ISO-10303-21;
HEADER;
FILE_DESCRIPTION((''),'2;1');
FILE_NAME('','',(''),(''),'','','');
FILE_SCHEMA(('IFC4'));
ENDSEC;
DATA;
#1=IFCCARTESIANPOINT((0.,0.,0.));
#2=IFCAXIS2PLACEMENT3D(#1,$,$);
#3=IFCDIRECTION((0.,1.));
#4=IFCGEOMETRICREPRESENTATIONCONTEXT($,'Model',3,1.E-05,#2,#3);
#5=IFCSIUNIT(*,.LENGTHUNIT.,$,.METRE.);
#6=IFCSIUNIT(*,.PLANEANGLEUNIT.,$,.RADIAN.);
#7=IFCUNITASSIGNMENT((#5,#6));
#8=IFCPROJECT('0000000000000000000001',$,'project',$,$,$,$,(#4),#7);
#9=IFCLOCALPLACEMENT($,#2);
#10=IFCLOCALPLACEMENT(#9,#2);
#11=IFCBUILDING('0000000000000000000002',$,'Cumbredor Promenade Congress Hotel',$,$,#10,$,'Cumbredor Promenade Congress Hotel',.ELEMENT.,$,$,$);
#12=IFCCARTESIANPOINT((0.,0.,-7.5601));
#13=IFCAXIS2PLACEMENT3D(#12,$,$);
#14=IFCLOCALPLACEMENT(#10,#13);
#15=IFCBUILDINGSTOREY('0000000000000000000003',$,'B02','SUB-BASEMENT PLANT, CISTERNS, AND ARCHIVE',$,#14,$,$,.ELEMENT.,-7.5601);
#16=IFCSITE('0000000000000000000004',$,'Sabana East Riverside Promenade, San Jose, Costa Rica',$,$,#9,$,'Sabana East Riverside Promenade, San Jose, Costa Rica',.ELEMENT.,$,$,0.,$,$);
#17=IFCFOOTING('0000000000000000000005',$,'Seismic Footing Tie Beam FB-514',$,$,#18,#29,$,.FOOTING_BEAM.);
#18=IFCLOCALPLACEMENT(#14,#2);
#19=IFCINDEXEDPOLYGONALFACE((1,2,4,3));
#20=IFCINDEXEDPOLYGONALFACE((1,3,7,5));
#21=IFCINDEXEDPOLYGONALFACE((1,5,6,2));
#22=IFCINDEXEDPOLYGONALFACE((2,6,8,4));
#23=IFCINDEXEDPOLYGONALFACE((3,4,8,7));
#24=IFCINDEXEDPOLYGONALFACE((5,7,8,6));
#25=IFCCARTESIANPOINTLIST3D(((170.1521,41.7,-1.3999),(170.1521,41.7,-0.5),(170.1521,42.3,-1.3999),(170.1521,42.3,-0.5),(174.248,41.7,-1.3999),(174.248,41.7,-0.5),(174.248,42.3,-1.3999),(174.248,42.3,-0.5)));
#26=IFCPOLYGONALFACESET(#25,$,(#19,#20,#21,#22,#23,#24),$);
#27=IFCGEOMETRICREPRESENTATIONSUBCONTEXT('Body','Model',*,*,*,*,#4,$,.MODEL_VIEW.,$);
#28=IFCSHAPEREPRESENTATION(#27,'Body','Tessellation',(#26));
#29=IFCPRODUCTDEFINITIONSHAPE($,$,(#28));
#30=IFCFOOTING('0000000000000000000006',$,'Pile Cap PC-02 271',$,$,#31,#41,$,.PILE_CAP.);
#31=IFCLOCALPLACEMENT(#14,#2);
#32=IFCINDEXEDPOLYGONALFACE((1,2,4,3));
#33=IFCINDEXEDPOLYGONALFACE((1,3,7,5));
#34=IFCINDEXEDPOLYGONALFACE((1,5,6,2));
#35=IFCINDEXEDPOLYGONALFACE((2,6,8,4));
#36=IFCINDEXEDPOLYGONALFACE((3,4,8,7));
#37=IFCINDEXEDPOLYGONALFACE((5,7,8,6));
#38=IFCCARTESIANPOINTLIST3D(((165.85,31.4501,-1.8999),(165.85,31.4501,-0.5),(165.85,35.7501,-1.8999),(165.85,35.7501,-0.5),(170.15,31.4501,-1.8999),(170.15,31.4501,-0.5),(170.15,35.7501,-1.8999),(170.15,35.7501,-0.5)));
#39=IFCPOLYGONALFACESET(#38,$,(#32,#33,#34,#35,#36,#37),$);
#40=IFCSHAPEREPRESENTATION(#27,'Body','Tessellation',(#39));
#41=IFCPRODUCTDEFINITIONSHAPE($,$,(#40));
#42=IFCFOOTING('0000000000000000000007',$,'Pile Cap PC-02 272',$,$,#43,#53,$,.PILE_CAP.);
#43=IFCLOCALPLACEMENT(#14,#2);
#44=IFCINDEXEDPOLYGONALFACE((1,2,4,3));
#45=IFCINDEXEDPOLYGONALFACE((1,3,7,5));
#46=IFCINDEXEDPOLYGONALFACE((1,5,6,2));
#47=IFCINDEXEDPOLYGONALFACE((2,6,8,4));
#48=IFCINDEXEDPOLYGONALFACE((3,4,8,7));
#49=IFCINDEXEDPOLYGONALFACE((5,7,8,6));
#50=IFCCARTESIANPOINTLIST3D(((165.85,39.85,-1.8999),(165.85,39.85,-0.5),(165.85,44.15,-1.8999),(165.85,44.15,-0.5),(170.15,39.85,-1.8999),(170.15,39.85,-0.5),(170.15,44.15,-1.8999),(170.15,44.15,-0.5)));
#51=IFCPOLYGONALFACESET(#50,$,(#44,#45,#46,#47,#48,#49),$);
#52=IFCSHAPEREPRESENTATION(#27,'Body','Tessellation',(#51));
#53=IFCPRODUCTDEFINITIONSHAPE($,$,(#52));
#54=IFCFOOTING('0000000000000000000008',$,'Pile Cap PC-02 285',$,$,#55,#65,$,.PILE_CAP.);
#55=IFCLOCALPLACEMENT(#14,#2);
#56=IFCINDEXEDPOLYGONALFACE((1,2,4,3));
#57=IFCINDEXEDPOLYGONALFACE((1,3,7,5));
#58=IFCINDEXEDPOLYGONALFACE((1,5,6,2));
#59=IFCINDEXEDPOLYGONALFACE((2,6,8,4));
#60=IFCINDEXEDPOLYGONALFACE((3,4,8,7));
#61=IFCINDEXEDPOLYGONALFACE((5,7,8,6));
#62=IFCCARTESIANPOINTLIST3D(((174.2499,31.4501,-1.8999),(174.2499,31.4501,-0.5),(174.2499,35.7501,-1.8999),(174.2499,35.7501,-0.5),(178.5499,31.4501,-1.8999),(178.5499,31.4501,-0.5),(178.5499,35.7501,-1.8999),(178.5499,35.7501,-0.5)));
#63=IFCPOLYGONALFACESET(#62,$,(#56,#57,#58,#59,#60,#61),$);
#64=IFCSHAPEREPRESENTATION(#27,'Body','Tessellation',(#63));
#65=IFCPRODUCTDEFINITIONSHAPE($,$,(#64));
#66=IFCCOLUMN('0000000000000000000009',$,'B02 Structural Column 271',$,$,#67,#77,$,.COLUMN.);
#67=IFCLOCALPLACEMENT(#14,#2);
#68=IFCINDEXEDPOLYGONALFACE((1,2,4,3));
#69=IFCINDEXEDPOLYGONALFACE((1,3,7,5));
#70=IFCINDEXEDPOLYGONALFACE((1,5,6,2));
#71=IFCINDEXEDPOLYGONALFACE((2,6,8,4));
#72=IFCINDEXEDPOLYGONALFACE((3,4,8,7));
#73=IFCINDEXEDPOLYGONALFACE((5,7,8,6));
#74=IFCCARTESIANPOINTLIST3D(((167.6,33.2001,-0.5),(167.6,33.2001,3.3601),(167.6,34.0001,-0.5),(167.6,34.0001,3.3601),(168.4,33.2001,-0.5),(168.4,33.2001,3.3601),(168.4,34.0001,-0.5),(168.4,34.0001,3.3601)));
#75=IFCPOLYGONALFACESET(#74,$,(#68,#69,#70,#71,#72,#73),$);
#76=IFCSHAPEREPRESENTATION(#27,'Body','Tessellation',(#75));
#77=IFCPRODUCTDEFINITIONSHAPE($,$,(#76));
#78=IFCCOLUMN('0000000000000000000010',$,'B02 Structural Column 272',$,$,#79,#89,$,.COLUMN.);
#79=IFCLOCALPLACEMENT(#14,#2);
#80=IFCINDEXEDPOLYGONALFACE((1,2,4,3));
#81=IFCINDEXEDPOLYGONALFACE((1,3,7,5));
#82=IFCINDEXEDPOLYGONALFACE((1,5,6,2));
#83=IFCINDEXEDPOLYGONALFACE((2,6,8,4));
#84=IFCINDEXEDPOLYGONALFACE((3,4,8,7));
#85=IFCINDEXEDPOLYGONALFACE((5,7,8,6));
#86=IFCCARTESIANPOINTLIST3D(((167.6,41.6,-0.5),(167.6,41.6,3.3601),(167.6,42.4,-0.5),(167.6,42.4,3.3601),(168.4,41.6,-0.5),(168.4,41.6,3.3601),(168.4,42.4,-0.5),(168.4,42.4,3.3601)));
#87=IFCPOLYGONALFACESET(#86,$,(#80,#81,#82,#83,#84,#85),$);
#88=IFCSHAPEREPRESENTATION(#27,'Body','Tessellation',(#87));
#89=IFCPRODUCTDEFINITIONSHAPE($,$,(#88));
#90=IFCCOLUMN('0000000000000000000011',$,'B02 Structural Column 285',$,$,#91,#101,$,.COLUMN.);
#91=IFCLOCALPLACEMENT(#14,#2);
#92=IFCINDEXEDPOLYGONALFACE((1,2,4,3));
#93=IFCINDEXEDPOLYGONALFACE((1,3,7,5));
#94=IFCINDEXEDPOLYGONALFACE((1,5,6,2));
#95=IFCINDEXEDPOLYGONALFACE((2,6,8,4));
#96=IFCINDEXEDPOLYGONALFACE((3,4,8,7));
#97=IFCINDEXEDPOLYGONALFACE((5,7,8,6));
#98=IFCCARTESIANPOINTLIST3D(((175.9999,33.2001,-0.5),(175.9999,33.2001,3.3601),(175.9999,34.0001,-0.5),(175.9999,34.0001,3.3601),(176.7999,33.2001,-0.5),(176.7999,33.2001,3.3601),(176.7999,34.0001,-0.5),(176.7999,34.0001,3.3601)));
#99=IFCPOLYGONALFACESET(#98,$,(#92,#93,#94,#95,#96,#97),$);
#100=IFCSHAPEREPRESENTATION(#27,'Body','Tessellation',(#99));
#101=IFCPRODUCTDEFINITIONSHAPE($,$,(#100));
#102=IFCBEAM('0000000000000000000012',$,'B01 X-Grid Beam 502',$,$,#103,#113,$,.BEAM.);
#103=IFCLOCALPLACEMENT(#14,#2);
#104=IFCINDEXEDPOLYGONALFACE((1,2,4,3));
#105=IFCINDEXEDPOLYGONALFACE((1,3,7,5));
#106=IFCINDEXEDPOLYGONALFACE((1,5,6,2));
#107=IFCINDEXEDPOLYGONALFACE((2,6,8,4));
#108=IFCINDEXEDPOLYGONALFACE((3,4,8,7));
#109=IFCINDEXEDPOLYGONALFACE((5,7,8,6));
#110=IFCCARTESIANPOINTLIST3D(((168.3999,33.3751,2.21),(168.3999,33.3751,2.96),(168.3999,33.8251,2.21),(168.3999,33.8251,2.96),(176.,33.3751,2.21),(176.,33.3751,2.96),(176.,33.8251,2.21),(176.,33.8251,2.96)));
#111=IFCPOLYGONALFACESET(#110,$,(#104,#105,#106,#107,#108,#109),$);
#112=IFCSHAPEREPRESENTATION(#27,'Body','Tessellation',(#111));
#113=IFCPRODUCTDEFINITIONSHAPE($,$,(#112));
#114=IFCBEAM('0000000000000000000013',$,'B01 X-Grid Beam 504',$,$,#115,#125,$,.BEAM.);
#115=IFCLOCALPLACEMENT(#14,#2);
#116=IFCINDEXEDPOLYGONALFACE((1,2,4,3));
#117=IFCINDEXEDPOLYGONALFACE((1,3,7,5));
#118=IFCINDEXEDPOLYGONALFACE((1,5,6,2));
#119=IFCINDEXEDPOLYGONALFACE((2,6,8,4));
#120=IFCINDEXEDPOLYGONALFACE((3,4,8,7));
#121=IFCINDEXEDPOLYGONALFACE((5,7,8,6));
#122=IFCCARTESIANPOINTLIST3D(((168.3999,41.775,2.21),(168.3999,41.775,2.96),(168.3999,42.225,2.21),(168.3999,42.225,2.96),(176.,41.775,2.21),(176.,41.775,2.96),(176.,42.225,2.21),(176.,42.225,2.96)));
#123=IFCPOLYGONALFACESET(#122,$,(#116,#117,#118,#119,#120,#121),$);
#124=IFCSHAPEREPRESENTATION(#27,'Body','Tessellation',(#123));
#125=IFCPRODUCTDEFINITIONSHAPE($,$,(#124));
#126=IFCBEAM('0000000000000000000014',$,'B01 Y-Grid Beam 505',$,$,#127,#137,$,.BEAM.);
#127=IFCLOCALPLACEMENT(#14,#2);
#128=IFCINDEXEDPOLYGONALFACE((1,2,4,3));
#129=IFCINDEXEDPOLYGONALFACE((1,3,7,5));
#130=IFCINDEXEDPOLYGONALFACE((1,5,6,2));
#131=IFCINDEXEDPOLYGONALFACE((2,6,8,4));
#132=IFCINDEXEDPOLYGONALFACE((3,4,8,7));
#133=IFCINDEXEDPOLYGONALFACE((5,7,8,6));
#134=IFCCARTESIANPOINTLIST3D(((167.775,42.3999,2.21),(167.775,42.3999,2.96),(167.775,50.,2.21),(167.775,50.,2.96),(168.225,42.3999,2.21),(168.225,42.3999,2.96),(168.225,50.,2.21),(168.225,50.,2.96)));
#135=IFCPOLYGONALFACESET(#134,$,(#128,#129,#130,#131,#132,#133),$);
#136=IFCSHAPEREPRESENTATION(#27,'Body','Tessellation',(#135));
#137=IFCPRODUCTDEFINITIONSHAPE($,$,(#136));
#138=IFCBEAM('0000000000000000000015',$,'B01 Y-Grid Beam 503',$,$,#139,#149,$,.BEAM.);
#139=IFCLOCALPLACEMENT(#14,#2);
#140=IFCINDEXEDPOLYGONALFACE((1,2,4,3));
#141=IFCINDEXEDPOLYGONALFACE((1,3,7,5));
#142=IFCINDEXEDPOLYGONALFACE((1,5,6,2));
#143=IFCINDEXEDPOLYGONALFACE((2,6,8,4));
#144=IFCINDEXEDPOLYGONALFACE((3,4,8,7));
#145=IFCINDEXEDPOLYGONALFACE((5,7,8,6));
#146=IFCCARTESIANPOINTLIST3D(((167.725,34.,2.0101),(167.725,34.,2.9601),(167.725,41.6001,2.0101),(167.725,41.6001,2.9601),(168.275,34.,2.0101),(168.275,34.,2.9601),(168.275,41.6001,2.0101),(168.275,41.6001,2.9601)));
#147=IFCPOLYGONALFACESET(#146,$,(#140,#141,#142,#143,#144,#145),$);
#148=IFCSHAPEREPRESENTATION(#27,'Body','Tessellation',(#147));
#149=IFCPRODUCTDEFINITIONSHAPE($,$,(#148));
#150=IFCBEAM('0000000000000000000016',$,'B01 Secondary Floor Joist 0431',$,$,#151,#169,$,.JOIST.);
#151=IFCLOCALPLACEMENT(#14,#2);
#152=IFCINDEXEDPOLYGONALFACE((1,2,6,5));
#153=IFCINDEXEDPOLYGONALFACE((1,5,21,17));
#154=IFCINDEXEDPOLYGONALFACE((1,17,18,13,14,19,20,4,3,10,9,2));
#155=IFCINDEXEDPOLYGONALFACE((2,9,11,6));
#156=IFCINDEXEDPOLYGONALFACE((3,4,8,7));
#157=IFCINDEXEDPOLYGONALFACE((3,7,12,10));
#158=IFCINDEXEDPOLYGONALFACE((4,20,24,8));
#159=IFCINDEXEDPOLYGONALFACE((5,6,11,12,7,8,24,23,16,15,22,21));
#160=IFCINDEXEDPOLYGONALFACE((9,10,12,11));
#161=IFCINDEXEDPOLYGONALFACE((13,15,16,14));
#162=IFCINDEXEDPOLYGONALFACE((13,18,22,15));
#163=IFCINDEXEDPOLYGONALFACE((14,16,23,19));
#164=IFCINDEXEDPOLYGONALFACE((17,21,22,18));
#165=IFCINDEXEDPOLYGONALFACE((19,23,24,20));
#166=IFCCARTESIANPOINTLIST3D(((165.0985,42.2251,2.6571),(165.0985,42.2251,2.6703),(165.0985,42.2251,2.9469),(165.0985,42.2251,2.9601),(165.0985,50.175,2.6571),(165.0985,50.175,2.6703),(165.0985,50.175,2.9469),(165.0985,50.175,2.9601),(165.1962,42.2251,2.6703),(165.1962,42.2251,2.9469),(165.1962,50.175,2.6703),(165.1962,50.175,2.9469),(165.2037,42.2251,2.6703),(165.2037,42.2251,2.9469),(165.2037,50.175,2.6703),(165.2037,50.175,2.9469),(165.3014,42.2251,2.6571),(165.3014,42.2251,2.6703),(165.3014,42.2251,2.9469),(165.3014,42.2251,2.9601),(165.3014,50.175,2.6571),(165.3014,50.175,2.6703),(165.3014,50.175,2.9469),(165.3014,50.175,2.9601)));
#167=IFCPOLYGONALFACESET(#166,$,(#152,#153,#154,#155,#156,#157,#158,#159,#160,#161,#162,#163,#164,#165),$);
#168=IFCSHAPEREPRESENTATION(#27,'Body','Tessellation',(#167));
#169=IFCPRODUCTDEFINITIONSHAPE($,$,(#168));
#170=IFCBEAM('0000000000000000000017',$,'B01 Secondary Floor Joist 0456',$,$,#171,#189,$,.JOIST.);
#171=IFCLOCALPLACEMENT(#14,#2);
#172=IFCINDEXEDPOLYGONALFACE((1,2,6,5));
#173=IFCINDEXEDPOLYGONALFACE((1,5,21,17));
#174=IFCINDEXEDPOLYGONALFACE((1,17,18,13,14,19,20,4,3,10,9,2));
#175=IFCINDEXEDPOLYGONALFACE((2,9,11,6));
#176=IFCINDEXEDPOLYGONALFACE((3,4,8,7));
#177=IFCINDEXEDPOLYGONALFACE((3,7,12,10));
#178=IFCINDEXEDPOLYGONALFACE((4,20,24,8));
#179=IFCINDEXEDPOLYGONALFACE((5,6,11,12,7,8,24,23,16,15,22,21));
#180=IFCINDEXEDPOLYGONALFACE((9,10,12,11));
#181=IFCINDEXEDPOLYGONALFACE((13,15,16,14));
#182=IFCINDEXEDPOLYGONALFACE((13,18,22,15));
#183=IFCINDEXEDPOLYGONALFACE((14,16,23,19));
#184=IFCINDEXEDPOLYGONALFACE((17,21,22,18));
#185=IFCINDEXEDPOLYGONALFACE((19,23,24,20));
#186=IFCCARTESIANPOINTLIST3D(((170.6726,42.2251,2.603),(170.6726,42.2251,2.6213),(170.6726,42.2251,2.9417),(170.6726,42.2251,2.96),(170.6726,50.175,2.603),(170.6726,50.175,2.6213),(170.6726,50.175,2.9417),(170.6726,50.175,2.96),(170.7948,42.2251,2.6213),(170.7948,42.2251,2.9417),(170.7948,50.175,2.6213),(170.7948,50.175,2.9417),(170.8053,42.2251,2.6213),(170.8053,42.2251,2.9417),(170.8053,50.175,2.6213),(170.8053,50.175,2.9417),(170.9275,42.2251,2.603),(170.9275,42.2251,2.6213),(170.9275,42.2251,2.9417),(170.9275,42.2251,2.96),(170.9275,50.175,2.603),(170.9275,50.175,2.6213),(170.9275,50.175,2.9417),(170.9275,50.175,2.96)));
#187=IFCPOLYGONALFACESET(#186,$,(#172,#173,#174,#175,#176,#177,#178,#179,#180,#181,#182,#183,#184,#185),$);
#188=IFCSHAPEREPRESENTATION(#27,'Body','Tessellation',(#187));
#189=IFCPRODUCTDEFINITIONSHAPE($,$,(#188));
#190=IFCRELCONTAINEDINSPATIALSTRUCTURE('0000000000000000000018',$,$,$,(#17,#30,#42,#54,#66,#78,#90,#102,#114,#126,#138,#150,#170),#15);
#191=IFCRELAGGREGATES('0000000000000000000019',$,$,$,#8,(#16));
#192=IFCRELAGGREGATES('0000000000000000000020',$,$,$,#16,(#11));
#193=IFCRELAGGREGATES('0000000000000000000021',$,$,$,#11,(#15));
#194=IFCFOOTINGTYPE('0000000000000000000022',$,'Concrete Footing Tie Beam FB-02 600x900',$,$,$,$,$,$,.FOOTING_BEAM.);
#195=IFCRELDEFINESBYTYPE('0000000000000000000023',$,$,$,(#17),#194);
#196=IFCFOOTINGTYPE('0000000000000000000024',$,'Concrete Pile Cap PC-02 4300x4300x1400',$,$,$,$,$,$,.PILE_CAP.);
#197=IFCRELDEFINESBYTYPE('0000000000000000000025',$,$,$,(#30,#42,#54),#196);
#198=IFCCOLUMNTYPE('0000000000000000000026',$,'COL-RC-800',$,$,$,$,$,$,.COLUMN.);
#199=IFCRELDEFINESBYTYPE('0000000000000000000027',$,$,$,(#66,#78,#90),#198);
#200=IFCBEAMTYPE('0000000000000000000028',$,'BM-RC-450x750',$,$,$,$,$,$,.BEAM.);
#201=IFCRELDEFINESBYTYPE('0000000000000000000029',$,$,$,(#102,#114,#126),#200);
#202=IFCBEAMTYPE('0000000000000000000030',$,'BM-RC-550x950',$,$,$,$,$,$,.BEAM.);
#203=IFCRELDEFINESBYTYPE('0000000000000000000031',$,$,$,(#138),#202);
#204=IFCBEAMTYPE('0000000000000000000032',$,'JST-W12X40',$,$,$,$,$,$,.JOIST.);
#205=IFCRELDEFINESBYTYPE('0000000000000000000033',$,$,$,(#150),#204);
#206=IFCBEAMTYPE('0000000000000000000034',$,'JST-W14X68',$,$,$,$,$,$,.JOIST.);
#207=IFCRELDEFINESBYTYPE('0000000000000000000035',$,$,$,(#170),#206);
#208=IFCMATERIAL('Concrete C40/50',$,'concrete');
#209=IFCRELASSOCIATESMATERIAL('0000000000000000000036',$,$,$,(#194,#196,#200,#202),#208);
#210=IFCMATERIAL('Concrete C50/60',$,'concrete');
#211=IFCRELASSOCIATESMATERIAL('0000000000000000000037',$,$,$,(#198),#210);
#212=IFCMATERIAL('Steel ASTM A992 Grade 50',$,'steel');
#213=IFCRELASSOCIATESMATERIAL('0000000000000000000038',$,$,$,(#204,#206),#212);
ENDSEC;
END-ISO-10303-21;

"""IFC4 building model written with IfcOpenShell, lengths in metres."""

from ifc_helpers import new_model, si_unit, direction, frame, origin, origin_2d, place, context, subcontext, project, spatial, rectangle, i_section, extrude, material, material_profile, profile_set, type_object, element, save


model = new_model("IFC4")

# Units and contexts
model_context = context("Model", 3, precision=1e-05, world=origin(), true_north=direction((0.0, 1.0)))
body_context = subcontext(model_context, "Body", "Model", "MODEL_VIEW")
ifc_project = project(units=[si_unit("LENGTHUNIT", "METRE"), si_unit("PLANEANGLEUNIT", "RADIAN")], contexts=[model_context])

# Site, building, storey
site_placement = place(None, origin())
site = spatial("IfcSite", under=ifc_project, at=site_placement, Name="Sabana East Riverside Promenade, San Jose, Costa Rica", LongName="Sabana East Riverside Promenade, San Jose, Costa Rica", CompositionType="ELEMENT", RefElevation=0.0)
building_placement = place(site_placement, origin())
building = spatial("IfcBuilding", under=site, at=building_placement, Name="Cumbredor Promenade Congress Hotel", LongName="Cumbredor Promenade Congress Hotel", CompositionType="ELEMENT")
storey_placement = place(building_placement, frame((0.0, 0.0, -7.5601)))
storey = spatial("IfcBuildingStorey", under=building, at=storey_placement, Name="B02", Description="SUB-BASEMENT PLANT, CISTERNS, AND ARCHIVE", CompositionType="ELEMENT", Elevation=-7.5601)

# Shared definitions
ifc_material_1 = material(Name="Concrete C40/50", Category="concrete")

# Footings
ifc_material_profile_1 = material_profile(ifc_material_1, rectangle(XDim=0.6001, YDim=0.8999, at=origin_2d()), Name="FB 600x900")
ifc_profile_set_1 = profile_set([ifc_material_profile_1], Name="Concrete C40/50")
footing_type_1 = type_object("IfcFootingType", Name="Concrete Footing Tie Beam FB-02 600x900", PredefinedType="FOOTING_BEAM", material=ifc_profile_set_1)
for number, where, z_axis, x_axis, name in (
    (1, (170.1521, 42.0, -0.95), (1.0, 0.0, 0.0), (0.0, 1.0, 0.0), "Seismic Footing Tie Beam FB-514"),
):
    element("IfcFooting", number, at=place(storey_placement, frame(where, z_axis=z_axis, x_axis=x_axis)), inside=storey, type_object=footing_type_1, Name=name, PredefinedType="FOOTING_BEAM", context=body_context, shape_type="SweptSolid", body=[
        extrude(rectangle(XDim=0.6001, YDim=0.8999, at=origin_2d()), origin(), (0.0, 0.0, 1.0), 4.0959),
    ])
footing_type_2 = type_object("IfcFootingType", Name="Concrete Pile Cap PC-02 4300x4300x1400", PredefinedType="PILE_CAP", material=ifc_material_1)
for number, where, z_axis, x_axis, name in (
    (2, (168.0, 33.6001, -1.8999), (0.0, 0.0, 1.0), (1.0, 0.0, 0.0), "Pile Cap PC-02 271"),
    (3, (168.0, 42.0, -1.8999), (0.0, 0.0, 1.0), (1.0, 0.0, 0.0), "Pile Cap PC-02 272"),
    (4, (176.3999, 33.6001, -1.8999), (0.0, 0.0, 1.0), (1.0, 0.0, 0.0), "Pile Cap PC-02 285"),
):
    element("IfcFooting", number, at=place(storey_placement, frame(where, z_axis=z_axis, x_axis=x_axis)), inside=storey, type_object=footing_type_2, Name=name, PredefinedType="PILE_CAP", context=body_context, shape_type="SweptSolid", body=[
        extrude(rectangle(XDim=4.3, YDim=4.3, at=origin_2d()), origin(), (0.0, 0.0, 1.0), 1.3999),
    ])

# Columns
ifc_material_2 = material(Name="Concrete C50/60", Category="concrete")
ifc_material_profile_2 = material_profile(ifc_material_2, rectangle(XDim=0.8, YDim=0.8, at=origin_2d()), Name="RC 800x800")
ifc_profile_set_2 = profile_set([ifc_material_profile_2], Name="Concrete C50/60")
column_type = type_object("IfcColumnType", Name="COL-RC-800", PredefinedType="COLUMN", material=ifc_profile_set_2)
for number, where, z_axis, x_axis, name in (
    (5, (168.0, 33.6001, -0.5), (0.0, 0.0, 1.0), (1.0, 0.0, 0.0), "B02 Structural Column 271"),
    (6, (168.0, 42.0, -0.5), (0.0, 0.0, 1.0), (1.0, 0.0, 0.0), "B02 Structural Column 272"),
    (7, (176.3999, 33.6001, -0.5), (0.0, 0.0, 1.0), (1.0, 0.0, 0.0), "B02 Structural Column 285"),
):
    element("IfcColumn", number, at=place(storey_placement, frame(where, z_axis=z_axis, x_axis=x_axis)), inside=storey, type_object=column_type, Name=name, PredefinedType="COLUMN", context=body_context, shape_type="SweptSolid", body=[
        extrude(rectangle(XDim=0.8, YDim=0.8, at=origin_2d()), origin(), (0.0, 0.0, 1.0), 3.8601),
    ])

# Beams
ifc_material_profile_3 = material_profile(ifc_material_1, rectangle(XDim=0.45, YDim=0.75, at=origin_2d()), Name="RC BEAM 450x750")
ifc_profile_set_3 = profile_set([ifc_material_profile_3], Name="Concrete C40/50")
beam_type_1 = type_object("IfcBeamType", Name="BM-RC-450x750", PredefinedType="BEAM", material=ifc_profile_set_3)
for number, where, z_axis, x_axis, name in (
    (8, (168.3999, 33.6001, 2.585), (1.0, 0.0, 0.0), (0.0, 1.0, 0.0), "B01 X-Grid Beam 502"),
    (9, (168.3999, 42.0, 2.585), (1.0, 0.0, 0.0), (0.0, 1.0, 0.0), "B01 X-Grid Beam 504"),
    (10, (168.0, 42.3999, 2.585), (0.0, 1.0, 0.0), (-1.0, 0.0, 0.0), "B01 Y-Grid Beam 505"),
):
    element("IfcBeam", number, at=place(storey_placement, frame(where, z_axis=z_axis, x_axis=x_axis)), inside=storey, type_object=beam_type_1, Name=name, PredefinedType="BEAM", context=body_context, shape_type="SweptSolid", body=[
        extrude(rectangle(XDim=0.45, YDim=0.75, at=origin_2d()), origin(), (0.0, 0.0, 1.0), 7.6001),
    ])
ifc_material_profile_4 = material_profile(ifc_material_1, rectangle(XDim=0.55, YDim=0.95, at=origin_2d()), Name="RC BEAM 550x950")
ifc_profile_set_4 = profile_set([ifc_material_profile_4], Name="Concrete C40/50")
beam_type_2 = type_object("IfcBeamType", Name="BM-RC-550x950", PredefinedType="BEAM", material=ifc_profile_set_4)
beam_1_placement = place(storey_placement, frame((168.0, 34.0, 2.4851), z_axis=(0.0, 1.0, 0.0), x_axis=(-1.0, 0.0, 0.0)))
element("IfcBeam", 11, at=beam_1_placement, inside=storey, type_object=beam_type_2, Name="B01 Y-Grid Beam 503", PredefinedType="BEAM", context=body_context, shape_type="SweptSolid", body=[
    extrude(rectangle(XDim=0.55, YDim=0.95, at=origin_2d()), origin(), (0.0, 0.0, 1.0), 7.6001),
])
ifc_material_3 = material(Name="Steel ASTM A992 Grade 50", Category="steel")
ifc_material_profile_5 = material_profile(ifc_material_3, i_section(OverallWidth=0.2029, OverallDepth=0.303, WebThickness=0.0076, FlangeThickness=0.0132, at=origin_2d()), Name="W12X40")
ifc_profile_set_5 = profile_set([ifc_material_profile_5], Name="Steel ASTM A992 Grade 50")
beam_type_3 = type_object("IfcBeamType", Name="JST-W12X40", PredefinedType="JOIST", material=ifc_profile_set_5)
beam_2_placement = place(storey_placement, frame((165.2, 42.2251, 2.8086), z_axis=(0.0, 1.0, 0.0), x_axis=(-1.0, 0.0, 0.0)))
element("IfcBeam", 12, at=beam_2_placement, inside=storey, type_object=beam_type_3, Name="B01 Secondary Floor Joist 0431", PredefinedType="JOIST", context=body_context, shape_type="SweptSolid", body=[
    extrude(i_section(OverallWidth=0.2029, OverallDepth=0.303, WebThickness=0.0076, FlangeThickness=0.0132, at=origin_2d()), origin(), (0.0, 0.0, 1.0), 7.95),
])
ifc_material_profile_6 = material_profile(ifc_material_3, i_section(OverallWidth=0.2549, OverallDepth=0.3569, WebThickness=0.0105, FlangeThickness=0.0183, at=origin_2d()), Name="W14X68")
ifc_profile_set_6 = profile_set([ifc_material_profile_6], Name="Steel ASTM A992 Grade 50")
beam_type_4 = type_object("IfcBeamType", Name="JST-W14X68", PredefinedType="JOIST", material=ifc_profile_set_6)
for number, where, z_axis, x_axis, name in (
    (13, (170.8, 42.2251, 2.7815), (0.0, 1.0, 0.0), (-1.0, 0.0, 0.0), "B01 Secondary Floor Joist 0456"),
):
    element("IfcBeam", number, at=place(storey_placement, frame(where, z_axis=z_axis, x_axis=x_axis)), inside=storey, type_object=beam_type_4, Name=name, PredefinedType="JOIST", context=body_context, shape_type="SweptSolid", body=[
        extrude(i_section(OverallWidth=0.2549, OverallDepth=0.3569, WebThickness=0.0105, FlangeThickness=0.0183, at=origin_2d()), origin(), (0.0, 0.0, 1.0), 7.95),
    ])

save(model, "model.ifc")
